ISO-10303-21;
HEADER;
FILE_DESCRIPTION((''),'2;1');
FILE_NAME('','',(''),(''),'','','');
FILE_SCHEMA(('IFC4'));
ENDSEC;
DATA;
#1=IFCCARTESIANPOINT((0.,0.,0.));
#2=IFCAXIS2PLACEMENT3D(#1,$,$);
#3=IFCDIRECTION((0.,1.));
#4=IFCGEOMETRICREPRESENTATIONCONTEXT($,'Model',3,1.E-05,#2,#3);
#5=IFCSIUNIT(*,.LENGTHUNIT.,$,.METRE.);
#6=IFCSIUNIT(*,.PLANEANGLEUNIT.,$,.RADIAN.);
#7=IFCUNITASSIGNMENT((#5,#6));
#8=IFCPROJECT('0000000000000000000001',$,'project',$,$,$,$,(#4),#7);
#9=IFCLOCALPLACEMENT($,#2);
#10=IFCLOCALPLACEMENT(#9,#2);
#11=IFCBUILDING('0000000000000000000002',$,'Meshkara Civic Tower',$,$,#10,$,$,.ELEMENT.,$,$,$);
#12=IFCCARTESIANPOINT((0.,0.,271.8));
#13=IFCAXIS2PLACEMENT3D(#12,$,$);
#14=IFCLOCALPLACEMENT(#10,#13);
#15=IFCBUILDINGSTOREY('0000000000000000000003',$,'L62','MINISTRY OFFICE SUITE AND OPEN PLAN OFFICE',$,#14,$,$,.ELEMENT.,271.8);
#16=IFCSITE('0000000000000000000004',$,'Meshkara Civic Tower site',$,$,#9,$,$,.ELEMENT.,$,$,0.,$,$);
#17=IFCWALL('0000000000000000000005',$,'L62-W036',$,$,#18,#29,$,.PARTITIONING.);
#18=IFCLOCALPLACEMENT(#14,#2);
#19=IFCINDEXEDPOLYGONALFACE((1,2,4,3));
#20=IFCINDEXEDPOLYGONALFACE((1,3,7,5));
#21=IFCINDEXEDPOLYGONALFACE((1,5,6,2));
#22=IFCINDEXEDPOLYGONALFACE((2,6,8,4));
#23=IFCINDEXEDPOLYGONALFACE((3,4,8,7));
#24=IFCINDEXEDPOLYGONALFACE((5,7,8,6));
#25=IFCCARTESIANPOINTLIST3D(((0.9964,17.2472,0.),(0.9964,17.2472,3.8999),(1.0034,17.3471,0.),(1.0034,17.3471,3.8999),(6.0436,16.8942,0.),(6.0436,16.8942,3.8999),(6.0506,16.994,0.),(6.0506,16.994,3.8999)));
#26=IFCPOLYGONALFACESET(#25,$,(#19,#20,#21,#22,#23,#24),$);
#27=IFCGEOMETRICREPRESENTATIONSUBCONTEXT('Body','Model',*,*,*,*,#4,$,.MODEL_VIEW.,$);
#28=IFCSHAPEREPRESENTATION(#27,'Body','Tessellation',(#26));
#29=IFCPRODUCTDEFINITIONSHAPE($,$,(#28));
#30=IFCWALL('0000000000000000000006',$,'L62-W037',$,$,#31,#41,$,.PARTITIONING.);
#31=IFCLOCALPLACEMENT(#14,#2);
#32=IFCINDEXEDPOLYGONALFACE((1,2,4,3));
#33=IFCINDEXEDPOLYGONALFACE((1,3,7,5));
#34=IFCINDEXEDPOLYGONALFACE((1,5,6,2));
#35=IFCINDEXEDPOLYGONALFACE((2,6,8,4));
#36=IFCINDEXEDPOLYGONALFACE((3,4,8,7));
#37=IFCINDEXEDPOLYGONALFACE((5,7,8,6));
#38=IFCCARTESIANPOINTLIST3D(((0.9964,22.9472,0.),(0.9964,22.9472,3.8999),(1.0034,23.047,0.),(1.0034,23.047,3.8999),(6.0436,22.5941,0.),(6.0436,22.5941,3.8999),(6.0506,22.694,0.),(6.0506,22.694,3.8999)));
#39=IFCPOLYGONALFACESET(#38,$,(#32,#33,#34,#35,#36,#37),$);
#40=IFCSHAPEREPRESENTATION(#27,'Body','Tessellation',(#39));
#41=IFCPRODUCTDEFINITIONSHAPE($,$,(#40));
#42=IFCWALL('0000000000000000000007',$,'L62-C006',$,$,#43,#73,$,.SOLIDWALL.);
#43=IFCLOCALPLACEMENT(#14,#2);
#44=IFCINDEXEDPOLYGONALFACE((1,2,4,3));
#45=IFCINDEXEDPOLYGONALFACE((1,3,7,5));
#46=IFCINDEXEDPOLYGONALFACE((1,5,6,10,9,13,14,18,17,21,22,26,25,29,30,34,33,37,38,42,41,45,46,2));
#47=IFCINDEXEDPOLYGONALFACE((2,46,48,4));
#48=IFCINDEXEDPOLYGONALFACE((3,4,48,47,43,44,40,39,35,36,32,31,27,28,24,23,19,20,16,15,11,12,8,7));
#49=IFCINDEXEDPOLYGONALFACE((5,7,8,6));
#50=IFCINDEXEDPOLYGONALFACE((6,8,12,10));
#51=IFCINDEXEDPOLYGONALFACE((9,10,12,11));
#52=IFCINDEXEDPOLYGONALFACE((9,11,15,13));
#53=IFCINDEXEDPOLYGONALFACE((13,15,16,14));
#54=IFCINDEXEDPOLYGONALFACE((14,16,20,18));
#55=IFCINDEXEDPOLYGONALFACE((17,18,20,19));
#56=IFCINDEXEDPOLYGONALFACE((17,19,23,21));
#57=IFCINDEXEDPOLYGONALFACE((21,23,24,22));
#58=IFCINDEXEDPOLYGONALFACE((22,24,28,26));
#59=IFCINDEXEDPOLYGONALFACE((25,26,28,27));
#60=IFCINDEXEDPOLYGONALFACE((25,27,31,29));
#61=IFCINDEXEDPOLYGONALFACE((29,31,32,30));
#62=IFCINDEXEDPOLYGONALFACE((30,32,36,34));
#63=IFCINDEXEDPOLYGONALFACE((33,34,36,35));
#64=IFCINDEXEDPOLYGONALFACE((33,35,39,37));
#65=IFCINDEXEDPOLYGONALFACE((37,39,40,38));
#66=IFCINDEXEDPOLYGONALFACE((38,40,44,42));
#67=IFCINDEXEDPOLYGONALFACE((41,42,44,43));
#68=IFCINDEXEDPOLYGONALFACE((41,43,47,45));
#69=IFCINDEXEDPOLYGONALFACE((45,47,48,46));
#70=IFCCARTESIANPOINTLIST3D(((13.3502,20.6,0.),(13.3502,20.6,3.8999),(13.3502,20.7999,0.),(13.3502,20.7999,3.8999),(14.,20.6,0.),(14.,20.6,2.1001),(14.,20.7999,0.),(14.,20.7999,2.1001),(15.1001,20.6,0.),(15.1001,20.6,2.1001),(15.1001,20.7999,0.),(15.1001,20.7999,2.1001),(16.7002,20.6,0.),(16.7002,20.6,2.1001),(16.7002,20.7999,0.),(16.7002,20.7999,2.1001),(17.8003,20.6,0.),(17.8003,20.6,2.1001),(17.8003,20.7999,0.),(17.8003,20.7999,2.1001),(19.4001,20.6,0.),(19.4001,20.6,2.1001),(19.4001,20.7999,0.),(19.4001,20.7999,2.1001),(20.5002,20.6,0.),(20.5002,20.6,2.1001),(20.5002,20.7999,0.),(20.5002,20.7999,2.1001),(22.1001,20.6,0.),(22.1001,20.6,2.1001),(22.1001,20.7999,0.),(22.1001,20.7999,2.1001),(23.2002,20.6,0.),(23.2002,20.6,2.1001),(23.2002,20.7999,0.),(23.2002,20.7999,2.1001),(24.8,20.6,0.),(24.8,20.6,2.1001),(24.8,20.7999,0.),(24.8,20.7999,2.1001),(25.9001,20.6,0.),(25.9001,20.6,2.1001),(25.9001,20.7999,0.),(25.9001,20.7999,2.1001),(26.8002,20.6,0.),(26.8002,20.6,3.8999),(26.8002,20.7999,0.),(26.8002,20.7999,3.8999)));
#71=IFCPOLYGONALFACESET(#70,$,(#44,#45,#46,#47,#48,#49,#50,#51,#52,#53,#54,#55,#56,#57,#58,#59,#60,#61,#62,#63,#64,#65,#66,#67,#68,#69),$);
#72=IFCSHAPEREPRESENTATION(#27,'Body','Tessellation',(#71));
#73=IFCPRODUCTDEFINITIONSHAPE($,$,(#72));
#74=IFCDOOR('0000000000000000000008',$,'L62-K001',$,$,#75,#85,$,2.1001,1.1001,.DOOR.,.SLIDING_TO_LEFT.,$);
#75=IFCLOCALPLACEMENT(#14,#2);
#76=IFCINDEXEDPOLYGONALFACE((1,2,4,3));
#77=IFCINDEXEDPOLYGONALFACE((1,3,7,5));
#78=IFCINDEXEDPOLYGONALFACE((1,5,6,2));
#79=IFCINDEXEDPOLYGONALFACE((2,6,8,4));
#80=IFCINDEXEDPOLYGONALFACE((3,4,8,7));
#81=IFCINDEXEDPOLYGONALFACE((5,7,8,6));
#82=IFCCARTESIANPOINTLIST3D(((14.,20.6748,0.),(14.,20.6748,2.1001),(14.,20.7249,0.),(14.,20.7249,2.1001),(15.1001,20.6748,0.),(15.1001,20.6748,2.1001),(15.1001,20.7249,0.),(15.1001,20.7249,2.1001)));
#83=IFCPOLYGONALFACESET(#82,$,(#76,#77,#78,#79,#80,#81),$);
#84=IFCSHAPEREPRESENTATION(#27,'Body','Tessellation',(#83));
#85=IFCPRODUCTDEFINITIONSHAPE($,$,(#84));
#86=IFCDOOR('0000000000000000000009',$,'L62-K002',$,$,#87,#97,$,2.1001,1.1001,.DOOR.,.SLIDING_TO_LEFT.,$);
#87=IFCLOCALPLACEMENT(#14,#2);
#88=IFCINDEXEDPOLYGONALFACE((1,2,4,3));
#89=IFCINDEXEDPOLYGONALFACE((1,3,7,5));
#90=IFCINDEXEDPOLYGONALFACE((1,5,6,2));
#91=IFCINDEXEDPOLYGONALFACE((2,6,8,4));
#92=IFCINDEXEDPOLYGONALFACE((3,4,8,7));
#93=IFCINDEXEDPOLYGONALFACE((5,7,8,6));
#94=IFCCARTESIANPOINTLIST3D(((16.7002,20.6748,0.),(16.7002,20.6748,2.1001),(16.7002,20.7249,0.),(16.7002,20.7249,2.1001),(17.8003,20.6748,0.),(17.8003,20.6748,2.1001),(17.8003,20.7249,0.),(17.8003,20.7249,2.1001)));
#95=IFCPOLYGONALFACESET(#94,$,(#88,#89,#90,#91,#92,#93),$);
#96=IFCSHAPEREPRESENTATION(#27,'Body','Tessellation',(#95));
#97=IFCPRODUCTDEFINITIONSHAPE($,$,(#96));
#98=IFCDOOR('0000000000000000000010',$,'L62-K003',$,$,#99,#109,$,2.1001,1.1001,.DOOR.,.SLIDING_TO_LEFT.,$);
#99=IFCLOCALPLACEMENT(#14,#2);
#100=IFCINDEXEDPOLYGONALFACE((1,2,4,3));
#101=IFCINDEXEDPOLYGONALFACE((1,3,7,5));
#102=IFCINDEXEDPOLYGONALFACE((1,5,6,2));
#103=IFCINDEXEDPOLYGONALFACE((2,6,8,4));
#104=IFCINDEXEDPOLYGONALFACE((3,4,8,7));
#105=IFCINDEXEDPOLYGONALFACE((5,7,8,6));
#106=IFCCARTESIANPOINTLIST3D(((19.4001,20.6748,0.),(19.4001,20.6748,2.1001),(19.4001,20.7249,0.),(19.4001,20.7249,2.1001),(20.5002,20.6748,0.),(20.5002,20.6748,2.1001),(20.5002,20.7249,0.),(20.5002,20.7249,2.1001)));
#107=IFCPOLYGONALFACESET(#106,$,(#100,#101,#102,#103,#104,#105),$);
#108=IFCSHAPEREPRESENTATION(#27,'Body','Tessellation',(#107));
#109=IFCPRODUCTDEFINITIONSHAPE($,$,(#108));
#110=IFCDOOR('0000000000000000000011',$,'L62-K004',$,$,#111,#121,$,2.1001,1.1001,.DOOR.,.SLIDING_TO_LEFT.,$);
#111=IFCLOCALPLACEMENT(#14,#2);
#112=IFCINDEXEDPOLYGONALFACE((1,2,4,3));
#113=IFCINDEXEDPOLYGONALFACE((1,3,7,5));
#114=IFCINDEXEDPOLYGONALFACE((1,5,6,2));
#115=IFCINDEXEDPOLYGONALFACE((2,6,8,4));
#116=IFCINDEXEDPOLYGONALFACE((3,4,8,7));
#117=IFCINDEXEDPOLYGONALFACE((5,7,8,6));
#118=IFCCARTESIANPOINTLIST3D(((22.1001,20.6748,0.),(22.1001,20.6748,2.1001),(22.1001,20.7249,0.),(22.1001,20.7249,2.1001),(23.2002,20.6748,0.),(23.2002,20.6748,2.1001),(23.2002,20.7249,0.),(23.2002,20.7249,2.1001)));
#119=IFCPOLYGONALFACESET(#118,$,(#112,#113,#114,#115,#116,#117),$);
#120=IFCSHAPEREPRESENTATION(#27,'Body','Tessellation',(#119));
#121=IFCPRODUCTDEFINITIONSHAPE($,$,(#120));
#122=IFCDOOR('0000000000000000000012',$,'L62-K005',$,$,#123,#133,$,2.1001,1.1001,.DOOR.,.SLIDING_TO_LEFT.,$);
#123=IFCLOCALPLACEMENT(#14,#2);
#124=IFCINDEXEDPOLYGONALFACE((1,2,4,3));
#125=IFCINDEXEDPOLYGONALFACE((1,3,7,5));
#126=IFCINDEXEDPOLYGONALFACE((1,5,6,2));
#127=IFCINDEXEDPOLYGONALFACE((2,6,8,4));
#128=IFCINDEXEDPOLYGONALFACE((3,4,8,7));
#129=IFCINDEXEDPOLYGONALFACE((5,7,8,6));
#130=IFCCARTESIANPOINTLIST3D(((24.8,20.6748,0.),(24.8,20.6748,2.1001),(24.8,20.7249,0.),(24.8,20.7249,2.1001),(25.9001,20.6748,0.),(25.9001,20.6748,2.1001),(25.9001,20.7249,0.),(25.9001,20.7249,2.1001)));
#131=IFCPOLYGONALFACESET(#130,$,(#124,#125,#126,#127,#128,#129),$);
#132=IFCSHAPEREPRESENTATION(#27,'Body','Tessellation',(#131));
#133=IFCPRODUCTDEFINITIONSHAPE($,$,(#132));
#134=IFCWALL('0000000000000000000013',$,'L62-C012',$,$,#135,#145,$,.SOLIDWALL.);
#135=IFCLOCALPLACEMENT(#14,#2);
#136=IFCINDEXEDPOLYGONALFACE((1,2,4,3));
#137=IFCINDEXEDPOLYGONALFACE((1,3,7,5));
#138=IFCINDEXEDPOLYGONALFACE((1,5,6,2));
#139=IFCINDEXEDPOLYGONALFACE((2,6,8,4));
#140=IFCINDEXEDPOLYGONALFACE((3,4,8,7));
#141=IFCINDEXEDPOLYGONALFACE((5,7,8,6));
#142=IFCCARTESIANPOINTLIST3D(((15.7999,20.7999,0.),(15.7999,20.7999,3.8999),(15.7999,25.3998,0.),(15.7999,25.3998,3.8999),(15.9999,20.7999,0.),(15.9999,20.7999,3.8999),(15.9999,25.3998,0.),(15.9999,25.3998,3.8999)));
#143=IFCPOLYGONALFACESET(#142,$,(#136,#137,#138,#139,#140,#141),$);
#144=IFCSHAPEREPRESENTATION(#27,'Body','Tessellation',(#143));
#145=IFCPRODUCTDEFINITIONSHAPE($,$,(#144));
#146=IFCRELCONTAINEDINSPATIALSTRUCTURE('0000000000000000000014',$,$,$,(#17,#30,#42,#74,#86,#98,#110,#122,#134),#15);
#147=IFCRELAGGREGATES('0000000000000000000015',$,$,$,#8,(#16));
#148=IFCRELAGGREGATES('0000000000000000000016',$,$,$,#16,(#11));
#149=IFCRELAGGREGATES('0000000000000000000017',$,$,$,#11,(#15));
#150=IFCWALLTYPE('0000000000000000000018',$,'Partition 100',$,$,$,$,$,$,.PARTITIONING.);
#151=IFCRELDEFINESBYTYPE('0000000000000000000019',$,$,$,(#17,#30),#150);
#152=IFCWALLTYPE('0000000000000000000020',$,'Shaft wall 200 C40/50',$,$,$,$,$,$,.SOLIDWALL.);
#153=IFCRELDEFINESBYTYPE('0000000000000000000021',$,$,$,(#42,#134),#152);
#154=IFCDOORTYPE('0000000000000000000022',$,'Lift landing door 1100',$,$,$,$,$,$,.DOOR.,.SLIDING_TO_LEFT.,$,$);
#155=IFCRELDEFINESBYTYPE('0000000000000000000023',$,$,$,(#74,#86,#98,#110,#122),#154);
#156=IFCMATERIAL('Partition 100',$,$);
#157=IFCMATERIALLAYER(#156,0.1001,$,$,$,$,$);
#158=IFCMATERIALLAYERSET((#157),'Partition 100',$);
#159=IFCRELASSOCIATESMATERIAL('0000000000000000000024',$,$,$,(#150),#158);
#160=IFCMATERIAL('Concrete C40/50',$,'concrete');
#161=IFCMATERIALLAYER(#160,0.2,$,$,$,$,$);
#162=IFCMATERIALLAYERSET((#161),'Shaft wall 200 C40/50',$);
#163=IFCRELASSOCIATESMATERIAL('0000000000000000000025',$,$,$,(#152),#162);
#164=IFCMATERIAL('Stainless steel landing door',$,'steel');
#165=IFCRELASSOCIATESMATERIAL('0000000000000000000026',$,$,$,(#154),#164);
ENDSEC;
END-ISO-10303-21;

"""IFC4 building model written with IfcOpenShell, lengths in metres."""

from ifc_helpers import new_model, si_unit, direction, frame, frame_2d, origin, place, context, subcontext, project, spatial, rectangle, extrude, material, layer, layer_set, type_object, element, fill, save


model = new_model("IFC4")

# Units and contexts
model_context = context("Model", 3, precision=1e-05, world=origin(), true_north=direction((0.0, 1.0)))
body_context = subcontext(model_context, "Body", "Model", "MODEL_VIEW")
ifc_project = project(units=[si_unit("LENGTHUNIT", "METRE"), si_unit("PLANEANGLEUNIT", "RADIAN")], contexts=[model_context])

# Site, building, storey
site_placement = place(None, origin())
site = spatial("IfcSite", under=ifc_project, at=site_placement, Name="Meshkara Civic Tower site", CompositionType="ELEMENT", RefElevation=0.0)
building_placement = place(site_placement, origin())
building = spatial("IfcBuilding", under=site, at=building_placement, Name="Meshkara Civic Tower", CompositionType="ELEMENT")
storey_placement = place(building_placement, frame((0.0, 0.0, 271.8)))
storey = spatial("IfcBuildingStorey", under=building, at=storey_placement, Name="L62", Description="MINISTRY OFFICE SUITE AND OPEN PLAN OFFICE", CompositionType="ELEMENT", Elevation=271.8)

# Walls
ifc_material_1 = material(Name="Partition 100")
ifc_layer_1 = layer(ifc_material_1, 0.1001)
ifc_layer_set_1 = layer_set([ifc_layer_1], Name="Partition 100")
wall_type_1 = type_object("IfcWallType", Name="Partition 100", PredefinedType="PARTITIONING", material=ifc_layer_set_1)
for number, where, z_axis, x_axis, name in (
    (1, (6.0471, 16.9441, 0.0), (0.0, 0.0, 1.0), (-0.997563, 0.069776, 0.0), "L62-W036"),
    (2, (6.0471, 22.644, 0.0), (0.0, 0.0, 1.0), (-0.997563, 0.069776, 0.0), "L62-W037"),
):
    element("IfcWall", number, at=place(storey_placement, frame(where, z_axis=z_axis, x_axis=x_axis)), inside=storey, type_object=wall_type_1, Name=name, PredefinedType="PARTITIONING", context=body_context, shape_type="SweptSolid", body=[
        extrude(rectangle(XDim=5.0596, YDim=0.1001, at=frame_2d((2.5298, 0.0))), origin(), (0.0, 0.0, 1.0), 3.8999),
    ])

# Wall, openings, doors
ifc_material_2 = material(Name="Concrete C40/50", Category="concrete")
ifc_layer_2 = layer(ifc_material_2, 0.2)
ifc_layer_set_2 = layer_set([ifc_layer_2], Name="Shaft wall 200 C40/50")
wall_type_2 = type_object("IfcWallType", Name="Shaft wall 200 C40/50", PredefinedType="SOLIDWALL", material=ifc_layer_set_2)
wall_1_placement = place(storey_placement, frame((13.3501, 20.7, 0.0), z_axis=(0.0, 0.0, 1.0), x_axis=(1.0, 0.0, 0.0)))
wall_1 = element("IfcWall", 3, at=wall_1_placement, inside=storey, type_object=wall_type_2, Name="L62-C006", PredefinedType="SOLIDWALL", context=body_context, shape_type="SweptSolid", body=[
    extrude(rectangle(XDim=13.45, YDim=0.2, at=frame_2d((6.7251, 0.0))), origin(), (0.0, 0.0, 1.0), 3.8999),
])
opening_1_placement = place(wall_1_placement, frame((0.6499, 0.0, 0.0)))
opening_1 = element("IfcOpeningElement", 4, at=opening_1_placement, cuts=wall_1, PredefinedType="OPENING", context=body_context, shape_type="SweptSolid", body=[
    extrude(rectangle(XDim=1.1001, YDim=2.1001, at=frame_2d((0.55, 1.05))), frame((0.0, 0.1099, 0.0), z_axis=(0.0, -1.0, 0.0), x_axis=(1.0, 0.0, 0.0)), (0.0, 0.0, 1.0), 0.22),
])
opening_2_placement = place(wall_1_placement, frame((3.3501, 0.0, 0.0)))
opening_2 = element("IfcOpeningElement", 5, at=opening_2_placement, cuts=wall_1, PredefinedType="OPENING", context=body_context, shape_type="SweptSolid", body=[
    extrude(rectangle(XDim=1.1001, YDim=2.1001, at=frame_2d((0.55, 1.05))), frame((0.0, 0.1099, 0.0), z_axis=(0.0, -1.0, 0.0), x_axis=(1.0, 0.0, 0.0)), (0.0, 0.0, 1.0), 0.22),
])
opening_3_placement = place(wall_1_placement, frame((6.05, 0.0, 0.0)))
opening_3 = element("IfcOpeningElement", 6, at=opening_3_placement, cuts=wall_1, PredefinedType="OPENING", context=body_context, shape_type="SweptSolid", body=[
    extrude(rectangle(XDim=1.1001, YDim=2.1001, at=frame_2d((0.55, 1.05))), frame((0.0, 0.1099, 0.0), z_axis=(0.0, -1.0, 0.0), x_axis=(1.0, 0.0, 0.0)), (0.0, 0.0, 1.0), 0.22),
])
opening_4_placement = place(wall_1_placement, frame((8.75, 0.0, 0.0)))
opening_4 = element("IfcOpeningElement", 7, at=opening_4_placement, cuts=wall_1, PredefinedType="OPENING", context=body_context, shape_type="SweptSolid", body=[
    extrude(rectangle(XDim=1.1001, YDim=2.1001, at=frame_2d((0.55, 1.05))), frame((0.0, 0.1099, 0.0), z_axis=(0.0, -1.0, 0.0), x_axis=(1.0, 0.0, 0.0)), (0.0, 0.0, 1.0), 0.22),
])
opening_5_placement = place(wall_1_placement, frame((11.45, 0.0, 0.0)))
opening_5 = element("IfcOpeningElement", 8, at=opening_5_placement, cuts=wall_1, PredefinedType="OPENING", context=body_context, shape_type="SweptSolid", body=[
    extrude(rectangle(XDim=1.1001, YDim=2.1001, at=frame_2d((0.55, 1.05))), frame((0.0, 0.1099, 0.0), z_axis=(0.0, -1.0, 0.0), x_axis=(1.0, 0.0, 0.0)), (0.0, 0.0, 1.0), 0.22),
])
ifc_material_3 = material(Name="Stainless steel landing door", Category="steel")
door_type_1 = type_object("IfcDoorType", Name="Lift landing door 1100", OperationType="SLIDING_TO_LEFT", PredefinedType="DOOR", material=ifc_material_3)
door_1_placement = place(opening_1_placement, origin())
door_1 = element("IfcDoor", 9, at=door_1_placement, inside=storey, type_object=door_type_1, Name="L62-K001", OperationType="SLIDING_TO_LEFT", OverallHeight=2.1001, OverallWidth=1.1001, PredefinedType="DOOR", context=body_context, shape_type="SweptSolid", body=[
    extrude(rectangle(XDim=1.1001, YDim=2.1001, at=frame_2d((0.55, 1.05))), frame((0.0, 0.0249, 0.0), z_axis=(0.0, -1.0, 0.0), x_axis=(1.0, 0.0, 0.0)), (0.0, 0.0, 1.0), 0.05),
])
fill(opening_1, door_1)
door_2_placement = place(opening_2_placement, origin())
door_2 = element("IfcDoor", 10, at=door_2_placement, inside=storey, type_object=door_type_1, Name="L62-K002", OperationType="SLIDING_TO_LEFT", OverallHeight=2.1001, OverallWidth=1.1001, PredefinedType="DOOR", context=body_context, shape_type="SweptSolid", body=[
    extrude(rectangle(XDim=1.1001, YDim=2.1001, at=frame_2d((0.55, 1.05))), frame((0.0, 0.0249, 0.0), z_axis=(0.0, -1.0, 0.0), x_axis=(1.0, 0.0, 0.0)), (0.0, 0.0, 1.0), 0.05),
])
fill(opening_2, door_2)
door_3_placement = place(opening_3_placement, origin())
door_3 = element("IfcDoor", 11, at=door_3_placement, inside=storey, type_object=door_type_1, Name="L62-K003", OperationType="SLIDING_TO_LEFT", OverallHeight=2.1001, OverallWidth=1.1001, PredefinedType="DOOR", context=body_context, shape_type="SweptSolid", body=[
    extrude(rectangle(XDim=1.1001, YDim=2.1001, at=frame_2d((0.55, 1.05))), frame((0.0, 0.0249, 0.0), z_axis=(0.0, -1.0, 0.0), x_axis=(1.0, 0.0, 0.0)), (0.0, 0.0, 1.0), 0.05),
])
fill(opening_3, door_3)
door_4_placement = place(opening_4_placement, origin())
door_4 = element("IfcDoor", 12, at=door_4_placement, inside=storey, type_object=door_type_1, Name="L62-K004", OperationType="SLIDING_TO_LEFT", OverallHeight=2.1001, OverallWidth=1.1001, PredefinedType="DOOR", context=body_context, shape_type="SweptSolid", body=[
    extrude(rectangle(XDim=1.1001, YDim=2.1001, at=frame_2d((0.55, 1.05))), frame((0.0, 0.0249, 0.0), z_axis=(0.0, -1.0, 0.0), x_axis=(1.0, 0.0, 0.0)), (0.0, 0.0, 1.0), 0.05),
])
fill(opening_4, door_4)
door_5_placement = place(opening_5_placement, origin())
door_5 = element("IfcDoor", 13, at=door_5_placement, inside=storey, type_object=door_type_1, Name="L62-K005", OperationType="SLIDING_TO_LEFT", OverallHeight=2.1001, OverallWidth=1.1001, PredefinedType="DOOR", context=body_context, shape_type="SweptSolid", body=[
    extrude(rectangle(XDim=1.1001, YDim=2.1001, at=frame_2d((0.55, 1.05))), frame((0.0, 0.0249, 0.0), z_axis=(0.0, -1.0, 0.0), x_axis=(1.0, 0.0, 0.0)), (0.0, 0.0, 1.0), 0.05),
])
fill(opening_5, door_5)

# Wall
wall_2_placement = place(storey_placement, frame((15.8999, 20.8, 0.0), z_axis=(0.0, 0.0, 1.0), x_axis=(0.0, 1.0, 0.0)))
element("IfcWall", 14, at=wall_2_placement, inside=storey, type_object=wall_type_2, Name="L62-C012", PredefinedType="SOLIDWALL", context=body_context, shape_type="SweptSolid", body=[
    extrude(rectangle(XDim=4.5999, YDim=0.2, at=frame_2d((2.2998, 0.0))), origin(), (0.0, 0.0, 1.0), 3.8999),
])

save(model, "model.ifc")
